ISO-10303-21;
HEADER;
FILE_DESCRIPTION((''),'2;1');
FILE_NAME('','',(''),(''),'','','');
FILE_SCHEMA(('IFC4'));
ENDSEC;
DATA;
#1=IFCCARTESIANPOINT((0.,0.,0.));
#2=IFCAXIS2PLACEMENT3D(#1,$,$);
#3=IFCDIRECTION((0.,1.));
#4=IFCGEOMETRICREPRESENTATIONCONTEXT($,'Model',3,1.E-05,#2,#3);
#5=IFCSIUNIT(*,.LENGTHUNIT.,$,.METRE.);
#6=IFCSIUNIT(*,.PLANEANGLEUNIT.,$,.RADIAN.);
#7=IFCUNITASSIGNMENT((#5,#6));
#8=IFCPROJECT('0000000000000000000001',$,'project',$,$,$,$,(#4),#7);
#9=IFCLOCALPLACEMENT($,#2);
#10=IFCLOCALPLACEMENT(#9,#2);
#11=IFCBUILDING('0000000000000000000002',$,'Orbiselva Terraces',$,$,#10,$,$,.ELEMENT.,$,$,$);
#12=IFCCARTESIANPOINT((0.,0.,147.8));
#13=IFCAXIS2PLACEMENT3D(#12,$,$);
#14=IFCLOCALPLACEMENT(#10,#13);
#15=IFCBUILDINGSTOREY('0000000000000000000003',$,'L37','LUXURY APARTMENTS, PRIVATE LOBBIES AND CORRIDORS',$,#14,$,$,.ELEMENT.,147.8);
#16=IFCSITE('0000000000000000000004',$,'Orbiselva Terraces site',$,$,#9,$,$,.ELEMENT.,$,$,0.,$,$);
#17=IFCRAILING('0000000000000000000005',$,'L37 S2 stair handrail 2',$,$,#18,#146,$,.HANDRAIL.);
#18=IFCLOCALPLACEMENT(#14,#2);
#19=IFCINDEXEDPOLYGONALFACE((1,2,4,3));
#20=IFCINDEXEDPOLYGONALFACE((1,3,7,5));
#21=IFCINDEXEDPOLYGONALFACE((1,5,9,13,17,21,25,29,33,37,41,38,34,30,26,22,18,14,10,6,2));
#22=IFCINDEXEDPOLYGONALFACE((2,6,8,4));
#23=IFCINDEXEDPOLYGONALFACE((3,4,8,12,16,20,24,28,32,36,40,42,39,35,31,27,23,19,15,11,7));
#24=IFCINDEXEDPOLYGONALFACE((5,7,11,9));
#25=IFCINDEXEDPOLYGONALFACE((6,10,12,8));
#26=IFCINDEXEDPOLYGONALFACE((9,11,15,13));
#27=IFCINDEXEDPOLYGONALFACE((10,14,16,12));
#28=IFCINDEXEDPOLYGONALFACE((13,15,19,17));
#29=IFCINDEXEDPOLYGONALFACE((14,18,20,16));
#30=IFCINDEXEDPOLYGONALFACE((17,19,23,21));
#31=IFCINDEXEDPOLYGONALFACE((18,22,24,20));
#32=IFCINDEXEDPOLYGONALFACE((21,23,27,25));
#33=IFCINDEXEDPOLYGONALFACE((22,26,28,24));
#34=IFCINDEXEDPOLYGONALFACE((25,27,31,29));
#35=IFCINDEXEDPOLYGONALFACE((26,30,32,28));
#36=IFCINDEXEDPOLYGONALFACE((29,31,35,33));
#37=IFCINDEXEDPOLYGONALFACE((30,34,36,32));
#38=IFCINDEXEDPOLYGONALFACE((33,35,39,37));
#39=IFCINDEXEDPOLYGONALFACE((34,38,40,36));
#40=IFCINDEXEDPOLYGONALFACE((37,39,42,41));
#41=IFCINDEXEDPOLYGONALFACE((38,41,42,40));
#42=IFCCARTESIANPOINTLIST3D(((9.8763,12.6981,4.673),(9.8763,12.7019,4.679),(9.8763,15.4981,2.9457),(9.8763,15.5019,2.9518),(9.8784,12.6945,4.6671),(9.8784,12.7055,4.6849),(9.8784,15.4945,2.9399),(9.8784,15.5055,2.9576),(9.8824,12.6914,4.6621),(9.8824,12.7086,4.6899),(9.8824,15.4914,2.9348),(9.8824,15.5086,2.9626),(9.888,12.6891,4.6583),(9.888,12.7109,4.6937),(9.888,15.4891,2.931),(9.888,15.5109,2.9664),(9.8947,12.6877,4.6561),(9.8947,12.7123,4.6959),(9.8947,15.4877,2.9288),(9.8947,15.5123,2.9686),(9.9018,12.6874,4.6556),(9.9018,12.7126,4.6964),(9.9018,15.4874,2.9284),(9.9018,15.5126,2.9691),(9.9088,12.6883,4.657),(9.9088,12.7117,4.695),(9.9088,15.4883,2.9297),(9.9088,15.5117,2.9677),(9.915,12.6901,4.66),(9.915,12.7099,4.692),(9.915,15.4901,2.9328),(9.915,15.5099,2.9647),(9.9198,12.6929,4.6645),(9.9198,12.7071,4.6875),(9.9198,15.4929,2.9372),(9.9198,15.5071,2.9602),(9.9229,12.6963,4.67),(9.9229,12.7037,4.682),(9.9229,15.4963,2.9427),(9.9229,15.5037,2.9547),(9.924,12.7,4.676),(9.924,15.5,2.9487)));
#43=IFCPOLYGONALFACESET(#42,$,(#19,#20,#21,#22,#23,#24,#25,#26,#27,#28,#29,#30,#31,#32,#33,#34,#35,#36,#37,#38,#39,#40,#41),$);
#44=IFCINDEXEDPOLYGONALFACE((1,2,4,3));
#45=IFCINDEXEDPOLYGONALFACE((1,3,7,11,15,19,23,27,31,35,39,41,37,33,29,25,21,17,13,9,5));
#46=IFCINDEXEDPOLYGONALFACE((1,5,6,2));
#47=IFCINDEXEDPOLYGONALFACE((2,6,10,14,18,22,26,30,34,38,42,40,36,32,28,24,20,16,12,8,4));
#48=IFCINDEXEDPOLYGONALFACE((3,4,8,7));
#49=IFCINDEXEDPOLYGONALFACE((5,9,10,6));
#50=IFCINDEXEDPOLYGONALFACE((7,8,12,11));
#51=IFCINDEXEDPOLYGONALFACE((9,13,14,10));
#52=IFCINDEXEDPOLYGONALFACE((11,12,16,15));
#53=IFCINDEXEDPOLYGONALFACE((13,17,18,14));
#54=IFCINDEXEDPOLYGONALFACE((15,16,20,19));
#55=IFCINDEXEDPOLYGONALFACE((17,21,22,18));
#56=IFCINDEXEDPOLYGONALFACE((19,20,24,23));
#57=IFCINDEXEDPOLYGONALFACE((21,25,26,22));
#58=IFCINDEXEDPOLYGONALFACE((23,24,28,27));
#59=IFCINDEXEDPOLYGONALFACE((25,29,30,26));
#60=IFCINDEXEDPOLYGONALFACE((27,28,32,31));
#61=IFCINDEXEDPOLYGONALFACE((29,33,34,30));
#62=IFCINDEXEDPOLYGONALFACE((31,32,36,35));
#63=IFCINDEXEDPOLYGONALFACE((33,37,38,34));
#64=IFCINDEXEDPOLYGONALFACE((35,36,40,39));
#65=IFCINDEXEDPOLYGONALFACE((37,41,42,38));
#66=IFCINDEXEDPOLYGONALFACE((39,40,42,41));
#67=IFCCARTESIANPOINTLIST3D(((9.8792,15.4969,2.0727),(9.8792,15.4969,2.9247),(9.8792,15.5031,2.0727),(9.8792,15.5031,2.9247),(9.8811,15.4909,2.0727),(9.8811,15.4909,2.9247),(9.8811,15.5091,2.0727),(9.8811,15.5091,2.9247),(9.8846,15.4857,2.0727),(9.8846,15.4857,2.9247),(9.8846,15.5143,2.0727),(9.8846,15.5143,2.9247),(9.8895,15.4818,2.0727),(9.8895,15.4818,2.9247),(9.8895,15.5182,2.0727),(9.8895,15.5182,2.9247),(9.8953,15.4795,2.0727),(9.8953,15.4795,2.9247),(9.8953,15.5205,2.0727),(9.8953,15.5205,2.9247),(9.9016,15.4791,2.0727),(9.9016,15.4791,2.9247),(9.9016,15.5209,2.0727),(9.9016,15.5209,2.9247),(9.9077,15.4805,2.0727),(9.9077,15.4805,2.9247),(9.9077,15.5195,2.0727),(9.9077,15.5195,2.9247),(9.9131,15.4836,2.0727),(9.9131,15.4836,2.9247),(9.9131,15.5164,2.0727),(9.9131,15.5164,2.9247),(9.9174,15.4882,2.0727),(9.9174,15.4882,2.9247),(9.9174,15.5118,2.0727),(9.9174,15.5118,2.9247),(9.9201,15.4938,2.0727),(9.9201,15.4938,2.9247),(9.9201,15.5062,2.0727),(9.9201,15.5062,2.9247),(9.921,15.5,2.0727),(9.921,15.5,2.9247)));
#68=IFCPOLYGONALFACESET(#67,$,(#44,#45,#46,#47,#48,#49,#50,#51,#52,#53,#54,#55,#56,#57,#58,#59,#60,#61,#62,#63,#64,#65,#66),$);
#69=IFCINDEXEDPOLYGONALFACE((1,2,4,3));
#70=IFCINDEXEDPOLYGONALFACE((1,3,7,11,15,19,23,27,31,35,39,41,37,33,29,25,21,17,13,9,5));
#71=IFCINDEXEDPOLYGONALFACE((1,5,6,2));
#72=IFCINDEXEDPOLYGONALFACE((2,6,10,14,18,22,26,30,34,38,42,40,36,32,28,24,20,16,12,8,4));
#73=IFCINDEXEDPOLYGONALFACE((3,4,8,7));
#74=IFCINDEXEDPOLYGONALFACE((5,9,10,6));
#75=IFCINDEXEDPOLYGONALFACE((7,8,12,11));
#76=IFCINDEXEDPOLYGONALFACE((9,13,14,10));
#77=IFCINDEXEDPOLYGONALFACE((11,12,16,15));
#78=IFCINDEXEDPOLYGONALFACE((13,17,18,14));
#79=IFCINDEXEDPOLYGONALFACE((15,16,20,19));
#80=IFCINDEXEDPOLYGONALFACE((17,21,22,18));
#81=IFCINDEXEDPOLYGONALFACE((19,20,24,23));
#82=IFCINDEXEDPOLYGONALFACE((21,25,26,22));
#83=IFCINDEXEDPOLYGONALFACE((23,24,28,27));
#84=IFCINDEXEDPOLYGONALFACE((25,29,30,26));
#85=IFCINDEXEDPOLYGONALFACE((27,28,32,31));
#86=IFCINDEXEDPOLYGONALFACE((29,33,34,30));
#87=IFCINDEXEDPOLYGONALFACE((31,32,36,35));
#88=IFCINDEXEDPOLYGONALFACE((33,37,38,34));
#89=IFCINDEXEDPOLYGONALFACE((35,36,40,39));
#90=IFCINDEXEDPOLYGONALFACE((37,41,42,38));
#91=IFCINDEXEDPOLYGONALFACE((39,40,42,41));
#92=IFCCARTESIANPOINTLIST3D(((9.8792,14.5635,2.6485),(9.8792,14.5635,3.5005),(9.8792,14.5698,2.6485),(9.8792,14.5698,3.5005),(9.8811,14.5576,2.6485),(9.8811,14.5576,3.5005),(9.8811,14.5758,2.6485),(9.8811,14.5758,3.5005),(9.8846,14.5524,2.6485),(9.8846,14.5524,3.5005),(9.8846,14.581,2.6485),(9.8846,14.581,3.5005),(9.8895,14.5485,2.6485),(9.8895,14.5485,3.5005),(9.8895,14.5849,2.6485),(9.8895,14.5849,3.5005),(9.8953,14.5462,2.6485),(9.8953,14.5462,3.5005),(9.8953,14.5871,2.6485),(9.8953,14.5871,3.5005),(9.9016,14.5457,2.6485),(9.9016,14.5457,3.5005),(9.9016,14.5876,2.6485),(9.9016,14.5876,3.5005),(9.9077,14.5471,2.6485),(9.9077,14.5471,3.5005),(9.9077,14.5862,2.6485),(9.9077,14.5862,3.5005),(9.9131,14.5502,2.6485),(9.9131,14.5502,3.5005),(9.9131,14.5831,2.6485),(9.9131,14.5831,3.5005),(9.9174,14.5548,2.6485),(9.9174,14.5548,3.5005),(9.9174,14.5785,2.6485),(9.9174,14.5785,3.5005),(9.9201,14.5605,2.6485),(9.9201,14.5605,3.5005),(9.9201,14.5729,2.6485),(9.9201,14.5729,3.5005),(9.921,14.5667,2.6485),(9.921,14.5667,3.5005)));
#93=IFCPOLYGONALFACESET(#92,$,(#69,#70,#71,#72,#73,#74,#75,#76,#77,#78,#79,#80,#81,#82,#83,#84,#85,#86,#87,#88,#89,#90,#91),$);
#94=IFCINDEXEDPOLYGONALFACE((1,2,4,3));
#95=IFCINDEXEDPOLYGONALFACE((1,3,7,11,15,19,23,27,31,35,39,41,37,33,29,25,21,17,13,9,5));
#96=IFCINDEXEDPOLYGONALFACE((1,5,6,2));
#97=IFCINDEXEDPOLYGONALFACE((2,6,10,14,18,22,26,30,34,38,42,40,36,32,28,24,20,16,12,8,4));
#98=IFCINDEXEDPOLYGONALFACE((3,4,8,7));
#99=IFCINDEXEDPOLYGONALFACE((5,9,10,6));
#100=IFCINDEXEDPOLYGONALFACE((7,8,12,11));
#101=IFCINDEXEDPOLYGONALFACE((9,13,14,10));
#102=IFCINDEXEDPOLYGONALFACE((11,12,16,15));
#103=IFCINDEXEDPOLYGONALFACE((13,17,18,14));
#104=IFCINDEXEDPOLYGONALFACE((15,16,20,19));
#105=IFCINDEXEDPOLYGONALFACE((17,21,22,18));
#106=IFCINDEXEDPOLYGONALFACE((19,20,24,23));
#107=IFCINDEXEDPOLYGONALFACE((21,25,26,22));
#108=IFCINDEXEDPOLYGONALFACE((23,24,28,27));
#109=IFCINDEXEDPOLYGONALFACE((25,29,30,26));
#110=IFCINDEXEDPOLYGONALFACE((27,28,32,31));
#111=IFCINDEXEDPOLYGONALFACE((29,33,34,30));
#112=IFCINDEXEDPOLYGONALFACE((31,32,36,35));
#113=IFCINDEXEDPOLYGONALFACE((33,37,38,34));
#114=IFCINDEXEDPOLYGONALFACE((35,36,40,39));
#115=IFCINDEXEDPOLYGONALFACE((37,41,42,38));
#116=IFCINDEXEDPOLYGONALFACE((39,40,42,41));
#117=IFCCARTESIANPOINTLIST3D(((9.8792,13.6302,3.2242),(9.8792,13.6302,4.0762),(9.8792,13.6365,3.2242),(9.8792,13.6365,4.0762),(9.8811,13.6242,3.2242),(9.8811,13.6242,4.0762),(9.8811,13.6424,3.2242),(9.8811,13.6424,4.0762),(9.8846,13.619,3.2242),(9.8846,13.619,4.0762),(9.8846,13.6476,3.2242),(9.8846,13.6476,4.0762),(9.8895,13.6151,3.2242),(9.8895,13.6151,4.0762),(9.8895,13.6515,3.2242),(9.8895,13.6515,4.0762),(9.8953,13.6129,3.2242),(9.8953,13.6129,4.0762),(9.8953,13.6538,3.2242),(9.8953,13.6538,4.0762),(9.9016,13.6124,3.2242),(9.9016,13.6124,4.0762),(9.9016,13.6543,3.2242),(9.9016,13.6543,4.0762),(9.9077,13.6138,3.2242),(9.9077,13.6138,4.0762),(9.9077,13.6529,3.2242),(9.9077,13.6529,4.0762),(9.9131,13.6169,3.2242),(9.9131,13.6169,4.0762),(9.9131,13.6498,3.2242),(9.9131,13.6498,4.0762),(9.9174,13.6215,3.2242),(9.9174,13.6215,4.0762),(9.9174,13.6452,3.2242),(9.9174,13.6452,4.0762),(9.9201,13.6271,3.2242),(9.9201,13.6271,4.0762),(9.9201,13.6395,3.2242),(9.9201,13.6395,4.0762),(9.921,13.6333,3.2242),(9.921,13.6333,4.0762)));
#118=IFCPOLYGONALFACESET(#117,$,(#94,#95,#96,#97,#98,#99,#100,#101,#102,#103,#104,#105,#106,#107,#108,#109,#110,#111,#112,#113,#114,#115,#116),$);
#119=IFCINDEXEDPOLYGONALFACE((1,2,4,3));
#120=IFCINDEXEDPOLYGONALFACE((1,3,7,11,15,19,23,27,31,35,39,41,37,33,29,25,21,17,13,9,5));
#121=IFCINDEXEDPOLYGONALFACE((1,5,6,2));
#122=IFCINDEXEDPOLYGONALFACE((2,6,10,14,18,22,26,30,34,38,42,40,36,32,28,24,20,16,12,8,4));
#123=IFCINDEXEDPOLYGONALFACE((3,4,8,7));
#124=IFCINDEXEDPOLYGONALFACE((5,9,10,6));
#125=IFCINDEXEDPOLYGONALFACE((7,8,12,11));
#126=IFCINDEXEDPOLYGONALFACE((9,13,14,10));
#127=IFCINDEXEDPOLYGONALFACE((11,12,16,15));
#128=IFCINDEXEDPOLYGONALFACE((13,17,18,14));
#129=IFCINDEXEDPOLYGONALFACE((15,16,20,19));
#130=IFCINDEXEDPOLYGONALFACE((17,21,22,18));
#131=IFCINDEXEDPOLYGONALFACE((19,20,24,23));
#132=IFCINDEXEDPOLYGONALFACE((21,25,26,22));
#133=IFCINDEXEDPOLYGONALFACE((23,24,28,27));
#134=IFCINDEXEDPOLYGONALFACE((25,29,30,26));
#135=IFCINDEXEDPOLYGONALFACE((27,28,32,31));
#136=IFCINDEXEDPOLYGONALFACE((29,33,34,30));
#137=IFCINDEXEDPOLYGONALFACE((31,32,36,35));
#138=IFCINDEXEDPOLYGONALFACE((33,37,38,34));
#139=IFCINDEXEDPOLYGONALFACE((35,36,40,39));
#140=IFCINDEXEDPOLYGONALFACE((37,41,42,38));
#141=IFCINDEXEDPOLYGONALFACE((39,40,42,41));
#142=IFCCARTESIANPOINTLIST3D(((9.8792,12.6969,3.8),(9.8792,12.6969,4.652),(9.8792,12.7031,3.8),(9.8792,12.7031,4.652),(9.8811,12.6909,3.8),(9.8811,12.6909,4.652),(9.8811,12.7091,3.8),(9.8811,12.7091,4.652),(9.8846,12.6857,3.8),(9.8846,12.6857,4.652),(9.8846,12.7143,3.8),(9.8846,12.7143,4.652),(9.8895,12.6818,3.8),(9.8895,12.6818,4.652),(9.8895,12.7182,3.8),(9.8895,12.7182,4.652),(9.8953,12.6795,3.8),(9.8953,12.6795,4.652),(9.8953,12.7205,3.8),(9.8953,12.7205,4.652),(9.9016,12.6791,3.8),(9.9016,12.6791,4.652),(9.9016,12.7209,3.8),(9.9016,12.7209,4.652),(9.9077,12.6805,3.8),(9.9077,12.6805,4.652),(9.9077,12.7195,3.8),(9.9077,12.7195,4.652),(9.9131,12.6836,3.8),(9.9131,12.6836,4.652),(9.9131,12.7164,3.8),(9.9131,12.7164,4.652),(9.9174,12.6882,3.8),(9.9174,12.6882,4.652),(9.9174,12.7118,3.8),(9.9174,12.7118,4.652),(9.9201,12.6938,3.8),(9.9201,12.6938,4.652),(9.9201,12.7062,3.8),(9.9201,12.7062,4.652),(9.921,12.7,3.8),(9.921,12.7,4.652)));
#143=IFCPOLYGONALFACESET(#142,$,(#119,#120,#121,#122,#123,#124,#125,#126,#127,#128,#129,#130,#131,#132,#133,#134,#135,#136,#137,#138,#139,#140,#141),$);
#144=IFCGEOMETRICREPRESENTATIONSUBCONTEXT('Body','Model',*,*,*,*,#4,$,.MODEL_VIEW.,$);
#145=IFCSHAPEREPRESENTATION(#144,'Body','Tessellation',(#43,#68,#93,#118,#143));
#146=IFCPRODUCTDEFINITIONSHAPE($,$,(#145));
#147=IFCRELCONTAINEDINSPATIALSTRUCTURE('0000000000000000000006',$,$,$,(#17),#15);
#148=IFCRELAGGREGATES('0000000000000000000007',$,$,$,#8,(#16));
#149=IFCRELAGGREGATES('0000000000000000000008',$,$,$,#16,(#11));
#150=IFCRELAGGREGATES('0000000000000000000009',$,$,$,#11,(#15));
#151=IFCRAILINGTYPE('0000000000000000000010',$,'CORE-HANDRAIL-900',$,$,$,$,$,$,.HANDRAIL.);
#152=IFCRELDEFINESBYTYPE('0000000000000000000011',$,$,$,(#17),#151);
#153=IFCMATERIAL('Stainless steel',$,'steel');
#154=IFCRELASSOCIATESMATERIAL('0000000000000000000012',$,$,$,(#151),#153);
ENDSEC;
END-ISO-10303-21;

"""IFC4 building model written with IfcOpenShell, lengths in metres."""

from ifc_helpers import new_model, si_unit, direction, frame, origin, origin_2d, place, context, subcontext, project, spatial, circle, extrude, material, type_object, element, save


model = new_model("IFC4")

# Units and contexts
model_context = context("Model", 3, precision=1e-05, world=origin(), true_north=direction((0.0, 1.0)))
body_context = subcontext(model_context, "Body", "Model", "MODEL_VIEW")
ifc_project = project(units=[si_unit("LENGTHUNIT", "METRE"), si_unit("PLANEANGLEUNIT", "RADIAN")], contexts=[model_context])

# Site, building, storey
site_placement = place(None, origin())
site = spatial("IfcSite", under=ifc_project, at=site_placement, Name="Orbiselva Terraces site", CompositionType="ELEMENT", RefElevation=0.0)
building_placement = place(site_placement, origin())
building = spatial("IfcBuilding", under=site, at=building_placement, Name="Orbiselva Terraces", CompositionType="ELEMENT")
storey_placement = place(building_placement, frame((0.0, 0.0, 147.8)))
storey = spatial("IfcBuildingStorey", under=building, at=storey_placement, Name="L37", Description="LUXURY APARTMENTS, PRIVATE LOBBIES AND CORRIDORS", CompositionType="ELEMENT", Elevation=147.8)

# Railing
ifc_material_1 = material(Name="Stainless steel", Category="steel")
railing_type = type_object("IfcRailingType", Name="CORE-HANDRAIL-900", PredefinedType="HANDRAIL", material=ifc_material_1)
railing_placement = place(storey_placement, frame((9.9, 15.5, 2.0727)))
element("IfcRailing", 1, at=railing_placement, inside=storey, type_object=railing_type, Name="L37 S2 stair handrail 2", PredefinedType="HANDRAIL", context=body_context, shape_type="SweptSolid", body=[
    extrude(circle(Radius=0.024, at=origin_2d()), frame((0.0, 0.0, 0.876), z_axis=(0.0, -0.851089, 0.525022), x_axis=(1.0, 0.0, 0.0)), (0.0, 0.0, 1.0), 3.2899),
    extrude(circle(Radius=0.021, at=origin_2d()), origin(), (0.0, 0.0, 1.0), 0.852),
    extrude(circle(Radius=0.021, at=origin_2d()), frame((0.0, -0.9333, 0.5758)), (0.0, 0.0, 1.0), 0.852),
    extrude(circle(Radius=0.021, at=origin_2d()), frame((0.0, -1.8667, 1.1515)), (0.0, 0.0, 1.0), 0.852),
    extrude(circle(Radius=0.021, at=origin_2d()), frame((0.0, -2.8, 1.7273)), (0.0, 0.0, 1.0), 0.852),
])

save(model, "model.ifc")
